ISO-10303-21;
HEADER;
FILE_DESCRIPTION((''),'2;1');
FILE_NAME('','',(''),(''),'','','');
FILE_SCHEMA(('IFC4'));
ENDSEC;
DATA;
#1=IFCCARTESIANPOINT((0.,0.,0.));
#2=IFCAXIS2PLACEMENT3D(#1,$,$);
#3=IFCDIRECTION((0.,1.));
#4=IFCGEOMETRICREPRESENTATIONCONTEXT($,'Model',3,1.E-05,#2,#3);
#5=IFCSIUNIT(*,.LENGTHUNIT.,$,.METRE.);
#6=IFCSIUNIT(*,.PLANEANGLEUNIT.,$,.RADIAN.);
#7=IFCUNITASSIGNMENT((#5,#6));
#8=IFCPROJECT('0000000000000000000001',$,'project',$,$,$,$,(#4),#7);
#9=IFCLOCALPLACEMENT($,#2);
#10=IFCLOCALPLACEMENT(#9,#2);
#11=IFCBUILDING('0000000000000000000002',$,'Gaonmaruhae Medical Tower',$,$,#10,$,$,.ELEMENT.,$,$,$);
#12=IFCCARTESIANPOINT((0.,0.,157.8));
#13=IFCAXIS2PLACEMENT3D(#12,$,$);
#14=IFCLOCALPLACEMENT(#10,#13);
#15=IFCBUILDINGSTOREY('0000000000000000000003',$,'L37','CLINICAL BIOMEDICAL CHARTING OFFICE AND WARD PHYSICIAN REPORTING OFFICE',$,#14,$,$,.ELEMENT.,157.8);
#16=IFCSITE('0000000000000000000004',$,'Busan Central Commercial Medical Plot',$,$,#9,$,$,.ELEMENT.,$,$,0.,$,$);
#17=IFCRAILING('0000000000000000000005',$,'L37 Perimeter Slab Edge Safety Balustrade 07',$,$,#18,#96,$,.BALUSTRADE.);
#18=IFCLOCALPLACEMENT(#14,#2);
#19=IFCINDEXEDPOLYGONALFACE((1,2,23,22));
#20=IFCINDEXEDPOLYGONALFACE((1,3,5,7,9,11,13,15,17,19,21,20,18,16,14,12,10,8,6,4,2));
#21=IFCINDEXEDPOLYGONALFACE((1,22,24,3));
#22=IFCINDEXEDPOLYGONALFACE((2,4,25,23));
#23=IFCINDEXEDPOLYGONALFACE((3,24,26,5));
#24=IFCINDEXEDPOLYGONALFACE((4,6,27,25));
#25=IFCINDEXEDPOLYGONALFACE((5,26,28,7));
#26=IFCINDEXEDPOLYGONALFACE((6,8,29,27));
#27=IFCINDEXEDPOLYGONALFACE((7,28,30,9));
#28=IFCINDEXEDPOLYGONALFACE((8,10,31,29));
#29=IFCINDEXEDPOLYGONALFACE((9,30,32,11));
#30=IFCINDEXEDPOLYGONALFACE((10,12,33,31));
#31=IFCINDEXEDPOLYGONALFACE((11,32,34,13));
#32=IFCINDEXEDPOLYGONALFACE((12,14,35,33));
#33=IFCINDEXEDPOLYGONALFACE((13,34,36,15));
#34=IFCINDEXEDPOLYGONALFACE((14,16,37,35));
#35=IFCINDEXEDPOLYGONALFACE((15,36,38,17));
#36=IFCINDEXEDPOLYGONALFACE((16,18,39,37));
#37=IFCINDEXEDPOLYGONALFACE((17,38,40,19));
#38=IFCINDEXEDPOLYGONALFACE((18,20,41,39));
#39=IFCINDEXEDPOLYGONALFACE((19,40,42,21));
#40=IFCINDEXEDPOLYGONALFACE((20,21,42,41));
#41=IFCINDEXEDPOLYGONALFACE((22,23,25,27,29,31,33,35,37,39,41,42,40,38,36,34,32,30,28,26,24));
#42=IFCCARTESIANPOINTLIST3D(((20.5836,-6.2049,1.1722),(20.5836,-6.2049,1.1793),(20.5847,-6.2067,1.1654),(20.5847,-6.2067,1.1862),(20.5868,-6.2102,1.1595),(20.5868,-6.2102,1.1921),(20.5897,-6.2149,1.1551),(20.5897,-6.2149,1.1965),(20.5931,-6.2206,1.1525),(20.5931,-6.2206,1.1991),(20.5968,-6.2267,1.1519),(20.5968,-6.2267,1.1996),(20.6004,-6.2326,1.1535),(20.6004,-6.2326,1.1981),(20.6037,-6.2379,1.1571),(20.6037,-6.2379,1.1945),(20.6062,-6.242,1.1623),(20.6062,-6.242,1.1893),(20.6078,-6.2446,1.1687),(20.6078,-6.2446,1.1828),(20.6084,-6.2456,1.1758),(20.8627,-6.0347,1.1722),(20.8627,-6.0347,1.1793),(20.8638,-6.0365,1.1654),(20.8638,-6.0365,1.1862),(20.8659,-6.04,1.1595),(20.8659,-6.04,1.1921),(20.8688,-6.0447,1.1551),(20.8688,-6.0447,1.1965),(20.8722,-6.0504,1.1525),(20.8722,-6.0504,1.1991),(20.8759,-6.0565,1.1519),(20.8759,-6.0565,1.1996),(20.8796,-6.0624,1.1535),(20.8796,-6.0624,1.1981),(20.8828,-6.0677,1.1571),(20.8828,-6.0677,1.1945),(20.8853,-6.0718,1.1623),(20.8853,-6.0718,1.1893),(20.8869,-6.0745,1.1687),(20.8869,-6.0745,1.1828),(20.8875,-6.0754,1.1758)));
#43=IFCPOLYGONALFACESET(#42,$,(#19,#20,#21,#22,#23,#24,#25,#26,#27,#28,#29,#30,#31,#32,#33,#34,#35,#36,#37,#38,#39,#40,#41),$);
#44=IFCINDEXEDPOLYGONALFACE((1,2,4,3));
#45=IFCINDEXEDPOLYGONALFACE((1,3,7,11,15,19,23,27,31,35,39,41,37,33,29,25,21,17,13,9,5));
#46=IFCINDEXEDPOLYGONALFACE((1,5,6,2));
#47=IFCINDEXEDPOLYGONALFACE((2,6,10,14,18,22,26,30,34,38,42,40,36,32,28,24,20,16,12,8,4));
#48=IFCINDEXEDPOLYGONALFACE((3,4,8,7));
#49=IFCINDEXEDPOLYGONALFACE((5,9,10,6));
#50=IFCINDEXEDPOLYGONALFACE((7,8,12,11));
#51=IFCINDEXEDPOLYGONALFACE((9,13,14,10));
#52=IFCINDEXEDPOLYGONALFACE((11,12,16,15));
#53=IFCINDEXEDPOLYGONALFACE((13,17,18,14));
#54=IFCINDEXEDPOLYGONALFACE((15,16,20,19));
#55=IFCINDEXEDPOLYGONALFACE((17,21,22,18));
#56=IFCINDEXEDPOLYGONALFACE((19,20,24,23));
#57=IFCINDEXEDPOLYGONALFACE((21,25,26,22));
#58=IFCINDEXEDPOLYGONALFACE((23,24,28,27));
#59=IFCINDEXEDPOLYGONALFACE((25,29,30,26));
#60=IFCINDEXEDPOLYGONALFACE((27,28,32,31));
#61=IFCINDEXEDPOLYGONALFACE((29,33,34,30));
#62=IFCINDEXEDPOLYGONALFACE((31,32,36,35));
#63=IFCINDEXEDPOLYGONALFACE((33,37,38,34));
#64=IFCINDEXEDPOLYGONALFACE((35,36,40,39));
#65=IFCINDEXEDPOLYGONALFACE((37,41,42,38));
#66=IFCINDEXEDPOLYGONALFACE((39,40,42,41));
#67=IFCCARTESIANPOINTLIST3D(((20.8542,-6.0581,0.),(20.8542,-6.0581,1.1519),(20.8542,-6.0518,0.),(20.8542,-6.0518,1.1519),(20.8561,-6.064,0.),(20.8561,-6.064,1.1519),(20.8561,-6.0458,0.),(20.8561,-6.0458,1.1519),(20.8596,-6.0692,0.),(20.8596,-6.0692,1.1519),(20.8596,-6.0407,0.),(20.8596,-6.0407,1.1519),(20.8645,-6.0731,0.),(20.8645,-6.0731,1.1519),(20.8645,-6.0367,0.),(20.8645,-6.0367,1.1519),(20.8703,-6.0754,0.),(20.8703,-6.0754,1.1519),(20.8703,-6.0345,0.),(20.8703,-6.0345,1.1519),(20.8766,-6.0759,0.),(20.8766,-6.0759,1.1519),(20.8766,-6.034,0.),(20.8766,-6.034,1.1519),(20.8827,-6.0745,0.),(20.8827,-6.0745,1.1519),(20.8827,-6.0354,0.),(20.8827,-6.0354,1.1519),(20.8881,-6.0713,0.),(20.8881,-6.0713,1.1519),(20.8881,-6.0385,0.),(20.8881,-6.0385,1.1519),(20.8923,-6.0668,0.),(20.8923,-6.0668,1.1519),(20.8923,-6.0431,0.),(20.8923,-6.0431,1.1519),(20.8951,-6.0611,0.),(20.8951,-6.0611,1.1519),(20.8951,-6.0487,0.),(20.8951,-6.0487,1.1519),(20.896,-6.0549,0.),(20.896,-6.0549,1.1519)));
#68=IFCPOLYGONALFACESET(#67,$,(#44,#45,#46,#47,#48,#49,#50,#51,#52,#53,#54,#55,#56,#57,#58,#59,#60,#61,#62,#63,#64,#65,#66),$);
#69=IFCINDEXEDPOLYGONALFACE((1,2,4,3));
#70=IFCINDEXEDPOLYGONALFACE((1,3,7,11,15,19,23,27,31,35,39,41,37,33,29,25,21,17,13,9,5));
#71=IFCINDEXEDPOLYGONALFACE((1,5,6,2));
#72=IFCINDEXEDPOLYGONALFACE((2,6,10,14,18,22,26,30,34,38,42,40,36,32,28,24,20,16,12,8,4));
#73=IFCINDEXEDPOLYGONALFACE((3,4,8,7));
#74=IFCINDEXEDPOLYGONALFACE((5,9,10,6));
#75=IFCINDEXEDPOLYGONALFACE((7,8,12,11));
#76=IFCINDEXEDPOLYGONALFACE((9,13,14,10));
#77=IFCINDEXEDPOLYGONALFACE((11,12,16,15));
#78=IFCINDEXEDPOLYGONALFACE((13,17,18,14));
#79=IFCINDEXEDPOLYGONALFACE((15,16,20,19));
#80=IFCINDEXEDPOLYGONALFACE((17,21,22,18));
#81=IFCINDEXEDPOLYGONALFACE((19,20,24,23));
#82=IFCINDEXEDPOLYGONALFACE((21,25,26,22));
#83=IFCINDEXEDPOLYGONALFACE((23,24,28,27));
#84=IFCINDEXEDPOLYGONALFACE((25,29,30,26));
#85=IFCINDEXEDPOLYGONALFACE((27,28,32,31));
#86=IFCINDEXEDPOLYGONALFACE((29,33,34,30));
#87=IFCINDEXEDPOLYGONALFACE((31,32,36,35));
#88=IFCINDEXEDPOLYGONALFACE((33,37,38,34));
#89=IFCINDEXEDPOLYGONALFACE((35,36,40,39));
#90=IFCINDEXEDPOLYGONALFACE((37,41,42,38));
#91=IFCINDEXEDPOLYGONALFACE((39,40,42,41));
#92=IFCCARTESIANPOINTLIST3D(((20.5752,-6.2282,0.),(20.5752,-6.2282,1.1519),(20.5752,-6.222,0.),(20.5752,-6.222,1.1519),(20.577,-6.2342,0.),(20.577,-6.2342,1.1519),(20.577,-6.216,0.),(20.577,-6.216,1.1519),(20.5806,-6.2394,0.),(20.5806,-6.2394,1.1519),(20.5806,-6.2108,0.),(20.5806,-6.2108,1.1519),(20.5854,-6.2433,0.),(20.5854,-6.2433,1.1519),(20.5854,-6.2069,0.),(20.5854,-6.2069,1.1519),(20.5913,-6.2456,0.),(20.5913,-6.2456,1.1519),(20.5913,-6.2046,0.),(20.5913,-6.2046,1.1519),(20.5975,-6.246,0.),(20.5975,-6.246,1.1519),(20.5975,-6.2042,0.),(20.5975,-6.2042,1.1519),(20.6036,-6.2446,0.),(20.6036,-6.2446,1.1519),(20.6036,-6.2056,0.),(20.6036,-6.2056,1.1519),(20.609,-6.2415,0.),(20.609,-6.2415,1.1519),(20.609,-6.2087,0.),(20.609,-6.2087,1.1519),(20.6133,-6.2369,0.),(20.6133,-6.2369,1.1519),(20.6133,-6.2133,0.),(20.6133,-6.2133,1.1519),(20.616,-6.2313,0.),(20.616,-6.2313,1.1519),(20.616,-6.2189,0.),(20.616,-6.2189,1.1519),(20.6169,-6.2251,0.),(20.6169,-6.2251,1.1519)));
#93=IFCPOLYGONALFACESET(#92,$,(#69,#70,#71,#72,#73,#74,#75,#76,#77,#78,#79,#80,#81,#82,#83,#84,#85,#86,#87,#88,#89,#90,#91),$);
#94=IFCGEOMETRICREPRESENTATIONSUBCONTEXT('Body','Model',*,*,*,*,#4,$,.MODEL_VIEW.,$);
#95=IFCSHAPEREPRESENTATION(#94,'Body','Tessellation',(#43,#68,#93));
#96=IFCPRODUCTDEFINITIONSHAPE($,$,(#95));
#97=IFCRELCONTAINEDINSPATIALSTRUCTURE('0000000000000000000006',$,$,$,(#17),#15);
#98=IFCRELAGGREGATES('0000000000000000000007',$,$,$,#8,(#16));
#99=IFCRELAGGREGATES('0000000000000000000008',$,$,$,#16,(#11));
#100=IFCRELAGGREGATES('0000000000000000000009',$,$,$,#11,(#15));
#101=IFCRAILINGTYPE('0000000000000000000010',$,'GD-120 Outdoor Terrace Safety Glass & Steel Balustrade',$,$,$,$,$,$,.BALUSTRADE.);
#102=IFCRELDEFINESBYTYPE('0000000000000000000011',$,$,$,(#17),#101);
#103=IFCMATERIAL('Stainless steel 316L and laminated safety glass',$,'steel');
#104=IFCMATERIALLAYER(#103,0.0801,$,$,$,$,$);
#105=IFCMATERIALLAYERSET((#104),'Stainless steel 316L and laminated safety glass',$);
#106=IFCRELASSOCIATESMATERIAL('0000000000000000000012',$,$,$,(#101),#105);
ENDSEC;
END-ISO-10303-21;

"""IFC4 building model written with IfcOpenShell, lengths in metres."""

from ifc_helpers import new_model, si_unit, direction, frame, origin, origin_2d, place, context, subcontext, project, spatial, circle, extrude, material, layer, layer_set, type_object, element, save


model = new_model("IFC4")

# Units and contexts
model_context = context("Model", 3, precision=1e-05, world=origin(), true_north=direction((0.0, 1.0)))
body_context = subcontext(model_context, "Body", "Model", "MODEL_VIEW")
ifc_project = project(units=[si_unit("LENGTHUNIT", "METRE"), si_unit("PLANEANGLEUNIT", "RADIAN")], contexts=[model_context])

# Site, building, storey
site_placement = place(None, origin())
site = spatial("IfcSite", under=ifc_project, at=site_placement, Name="Busan Central Commercial Medical Plot", CompositionType="ELEMENT", RefElevation=0.0)
building_placement = place(site_placement, origin())
building = spatial("IfcBuilding", under=site, at=building_placement, Name="Gaonmaruhae Medical Tower", CompositionType="ELEMENT")
storey_placement = place(building_placement, frame((0.0, 0.0, 157.8)))
storey = spatial("IfcBuildingStorey", under=building, at=storey_placement, Name="L37", Description="CLINICAL BIOMEDICAL CHARTING OFFICE AND WARD PHYSICIAN REPORTING OFFICE", CompositionType="ELEMENT", Elevation=157.8)

# Railing
ifc_material_1 = material(Name="Stainless steel 316L and laminated safety glass", Category="steel")
ifc_layer_1 = layer(ifc_material_1, 0.0801)
ifc_layer_set_1 = layer_set([ifc_layer_1], Name="Stainless steel 316L and laminated safety glass")
railing_type = type_object("IfcRailingType", Name="GD-120 Outdoor Terrace Safety Glass & Steel Balustrade", PredefinedType="BALUSTRADE", material=ifc_layer_set_1)
railing_1_placement = place(storey_placement, frame((20.875, -6.0549, 0.0)))
element("IfcRailing", 1, at=railing_1_placement, inside=storey, type_object=railing_type, Name="L37 Perimeter Slab Edge Safety Balustrade 07", PredefinedType="BALUSTRADE", context=body_context, shape_type="SweptSolid", body=[
    extrude(circle(Radius=0.0239, at=origin_2d()), frame((0.0, 0.0, 1.1758), z_axis=(-0.85378, -0.520634, 0.0), x_axis=(0.520634, -0.85378, 0.0)), (0.0, 0.0, 1.0), 0.3269),
    extrude(circle(Radius=0.021, at=origin_2d()), origin(), (0.0, 0.0, 1.0), 1.1519),
    extrude(circle(Radius=0.021, at=origin_2d()), frame((-0.2791, -0.1702, 0.0)), (0.0, 0.0, 1.0), 1.1519),
])

save(model, "model.ifc")
